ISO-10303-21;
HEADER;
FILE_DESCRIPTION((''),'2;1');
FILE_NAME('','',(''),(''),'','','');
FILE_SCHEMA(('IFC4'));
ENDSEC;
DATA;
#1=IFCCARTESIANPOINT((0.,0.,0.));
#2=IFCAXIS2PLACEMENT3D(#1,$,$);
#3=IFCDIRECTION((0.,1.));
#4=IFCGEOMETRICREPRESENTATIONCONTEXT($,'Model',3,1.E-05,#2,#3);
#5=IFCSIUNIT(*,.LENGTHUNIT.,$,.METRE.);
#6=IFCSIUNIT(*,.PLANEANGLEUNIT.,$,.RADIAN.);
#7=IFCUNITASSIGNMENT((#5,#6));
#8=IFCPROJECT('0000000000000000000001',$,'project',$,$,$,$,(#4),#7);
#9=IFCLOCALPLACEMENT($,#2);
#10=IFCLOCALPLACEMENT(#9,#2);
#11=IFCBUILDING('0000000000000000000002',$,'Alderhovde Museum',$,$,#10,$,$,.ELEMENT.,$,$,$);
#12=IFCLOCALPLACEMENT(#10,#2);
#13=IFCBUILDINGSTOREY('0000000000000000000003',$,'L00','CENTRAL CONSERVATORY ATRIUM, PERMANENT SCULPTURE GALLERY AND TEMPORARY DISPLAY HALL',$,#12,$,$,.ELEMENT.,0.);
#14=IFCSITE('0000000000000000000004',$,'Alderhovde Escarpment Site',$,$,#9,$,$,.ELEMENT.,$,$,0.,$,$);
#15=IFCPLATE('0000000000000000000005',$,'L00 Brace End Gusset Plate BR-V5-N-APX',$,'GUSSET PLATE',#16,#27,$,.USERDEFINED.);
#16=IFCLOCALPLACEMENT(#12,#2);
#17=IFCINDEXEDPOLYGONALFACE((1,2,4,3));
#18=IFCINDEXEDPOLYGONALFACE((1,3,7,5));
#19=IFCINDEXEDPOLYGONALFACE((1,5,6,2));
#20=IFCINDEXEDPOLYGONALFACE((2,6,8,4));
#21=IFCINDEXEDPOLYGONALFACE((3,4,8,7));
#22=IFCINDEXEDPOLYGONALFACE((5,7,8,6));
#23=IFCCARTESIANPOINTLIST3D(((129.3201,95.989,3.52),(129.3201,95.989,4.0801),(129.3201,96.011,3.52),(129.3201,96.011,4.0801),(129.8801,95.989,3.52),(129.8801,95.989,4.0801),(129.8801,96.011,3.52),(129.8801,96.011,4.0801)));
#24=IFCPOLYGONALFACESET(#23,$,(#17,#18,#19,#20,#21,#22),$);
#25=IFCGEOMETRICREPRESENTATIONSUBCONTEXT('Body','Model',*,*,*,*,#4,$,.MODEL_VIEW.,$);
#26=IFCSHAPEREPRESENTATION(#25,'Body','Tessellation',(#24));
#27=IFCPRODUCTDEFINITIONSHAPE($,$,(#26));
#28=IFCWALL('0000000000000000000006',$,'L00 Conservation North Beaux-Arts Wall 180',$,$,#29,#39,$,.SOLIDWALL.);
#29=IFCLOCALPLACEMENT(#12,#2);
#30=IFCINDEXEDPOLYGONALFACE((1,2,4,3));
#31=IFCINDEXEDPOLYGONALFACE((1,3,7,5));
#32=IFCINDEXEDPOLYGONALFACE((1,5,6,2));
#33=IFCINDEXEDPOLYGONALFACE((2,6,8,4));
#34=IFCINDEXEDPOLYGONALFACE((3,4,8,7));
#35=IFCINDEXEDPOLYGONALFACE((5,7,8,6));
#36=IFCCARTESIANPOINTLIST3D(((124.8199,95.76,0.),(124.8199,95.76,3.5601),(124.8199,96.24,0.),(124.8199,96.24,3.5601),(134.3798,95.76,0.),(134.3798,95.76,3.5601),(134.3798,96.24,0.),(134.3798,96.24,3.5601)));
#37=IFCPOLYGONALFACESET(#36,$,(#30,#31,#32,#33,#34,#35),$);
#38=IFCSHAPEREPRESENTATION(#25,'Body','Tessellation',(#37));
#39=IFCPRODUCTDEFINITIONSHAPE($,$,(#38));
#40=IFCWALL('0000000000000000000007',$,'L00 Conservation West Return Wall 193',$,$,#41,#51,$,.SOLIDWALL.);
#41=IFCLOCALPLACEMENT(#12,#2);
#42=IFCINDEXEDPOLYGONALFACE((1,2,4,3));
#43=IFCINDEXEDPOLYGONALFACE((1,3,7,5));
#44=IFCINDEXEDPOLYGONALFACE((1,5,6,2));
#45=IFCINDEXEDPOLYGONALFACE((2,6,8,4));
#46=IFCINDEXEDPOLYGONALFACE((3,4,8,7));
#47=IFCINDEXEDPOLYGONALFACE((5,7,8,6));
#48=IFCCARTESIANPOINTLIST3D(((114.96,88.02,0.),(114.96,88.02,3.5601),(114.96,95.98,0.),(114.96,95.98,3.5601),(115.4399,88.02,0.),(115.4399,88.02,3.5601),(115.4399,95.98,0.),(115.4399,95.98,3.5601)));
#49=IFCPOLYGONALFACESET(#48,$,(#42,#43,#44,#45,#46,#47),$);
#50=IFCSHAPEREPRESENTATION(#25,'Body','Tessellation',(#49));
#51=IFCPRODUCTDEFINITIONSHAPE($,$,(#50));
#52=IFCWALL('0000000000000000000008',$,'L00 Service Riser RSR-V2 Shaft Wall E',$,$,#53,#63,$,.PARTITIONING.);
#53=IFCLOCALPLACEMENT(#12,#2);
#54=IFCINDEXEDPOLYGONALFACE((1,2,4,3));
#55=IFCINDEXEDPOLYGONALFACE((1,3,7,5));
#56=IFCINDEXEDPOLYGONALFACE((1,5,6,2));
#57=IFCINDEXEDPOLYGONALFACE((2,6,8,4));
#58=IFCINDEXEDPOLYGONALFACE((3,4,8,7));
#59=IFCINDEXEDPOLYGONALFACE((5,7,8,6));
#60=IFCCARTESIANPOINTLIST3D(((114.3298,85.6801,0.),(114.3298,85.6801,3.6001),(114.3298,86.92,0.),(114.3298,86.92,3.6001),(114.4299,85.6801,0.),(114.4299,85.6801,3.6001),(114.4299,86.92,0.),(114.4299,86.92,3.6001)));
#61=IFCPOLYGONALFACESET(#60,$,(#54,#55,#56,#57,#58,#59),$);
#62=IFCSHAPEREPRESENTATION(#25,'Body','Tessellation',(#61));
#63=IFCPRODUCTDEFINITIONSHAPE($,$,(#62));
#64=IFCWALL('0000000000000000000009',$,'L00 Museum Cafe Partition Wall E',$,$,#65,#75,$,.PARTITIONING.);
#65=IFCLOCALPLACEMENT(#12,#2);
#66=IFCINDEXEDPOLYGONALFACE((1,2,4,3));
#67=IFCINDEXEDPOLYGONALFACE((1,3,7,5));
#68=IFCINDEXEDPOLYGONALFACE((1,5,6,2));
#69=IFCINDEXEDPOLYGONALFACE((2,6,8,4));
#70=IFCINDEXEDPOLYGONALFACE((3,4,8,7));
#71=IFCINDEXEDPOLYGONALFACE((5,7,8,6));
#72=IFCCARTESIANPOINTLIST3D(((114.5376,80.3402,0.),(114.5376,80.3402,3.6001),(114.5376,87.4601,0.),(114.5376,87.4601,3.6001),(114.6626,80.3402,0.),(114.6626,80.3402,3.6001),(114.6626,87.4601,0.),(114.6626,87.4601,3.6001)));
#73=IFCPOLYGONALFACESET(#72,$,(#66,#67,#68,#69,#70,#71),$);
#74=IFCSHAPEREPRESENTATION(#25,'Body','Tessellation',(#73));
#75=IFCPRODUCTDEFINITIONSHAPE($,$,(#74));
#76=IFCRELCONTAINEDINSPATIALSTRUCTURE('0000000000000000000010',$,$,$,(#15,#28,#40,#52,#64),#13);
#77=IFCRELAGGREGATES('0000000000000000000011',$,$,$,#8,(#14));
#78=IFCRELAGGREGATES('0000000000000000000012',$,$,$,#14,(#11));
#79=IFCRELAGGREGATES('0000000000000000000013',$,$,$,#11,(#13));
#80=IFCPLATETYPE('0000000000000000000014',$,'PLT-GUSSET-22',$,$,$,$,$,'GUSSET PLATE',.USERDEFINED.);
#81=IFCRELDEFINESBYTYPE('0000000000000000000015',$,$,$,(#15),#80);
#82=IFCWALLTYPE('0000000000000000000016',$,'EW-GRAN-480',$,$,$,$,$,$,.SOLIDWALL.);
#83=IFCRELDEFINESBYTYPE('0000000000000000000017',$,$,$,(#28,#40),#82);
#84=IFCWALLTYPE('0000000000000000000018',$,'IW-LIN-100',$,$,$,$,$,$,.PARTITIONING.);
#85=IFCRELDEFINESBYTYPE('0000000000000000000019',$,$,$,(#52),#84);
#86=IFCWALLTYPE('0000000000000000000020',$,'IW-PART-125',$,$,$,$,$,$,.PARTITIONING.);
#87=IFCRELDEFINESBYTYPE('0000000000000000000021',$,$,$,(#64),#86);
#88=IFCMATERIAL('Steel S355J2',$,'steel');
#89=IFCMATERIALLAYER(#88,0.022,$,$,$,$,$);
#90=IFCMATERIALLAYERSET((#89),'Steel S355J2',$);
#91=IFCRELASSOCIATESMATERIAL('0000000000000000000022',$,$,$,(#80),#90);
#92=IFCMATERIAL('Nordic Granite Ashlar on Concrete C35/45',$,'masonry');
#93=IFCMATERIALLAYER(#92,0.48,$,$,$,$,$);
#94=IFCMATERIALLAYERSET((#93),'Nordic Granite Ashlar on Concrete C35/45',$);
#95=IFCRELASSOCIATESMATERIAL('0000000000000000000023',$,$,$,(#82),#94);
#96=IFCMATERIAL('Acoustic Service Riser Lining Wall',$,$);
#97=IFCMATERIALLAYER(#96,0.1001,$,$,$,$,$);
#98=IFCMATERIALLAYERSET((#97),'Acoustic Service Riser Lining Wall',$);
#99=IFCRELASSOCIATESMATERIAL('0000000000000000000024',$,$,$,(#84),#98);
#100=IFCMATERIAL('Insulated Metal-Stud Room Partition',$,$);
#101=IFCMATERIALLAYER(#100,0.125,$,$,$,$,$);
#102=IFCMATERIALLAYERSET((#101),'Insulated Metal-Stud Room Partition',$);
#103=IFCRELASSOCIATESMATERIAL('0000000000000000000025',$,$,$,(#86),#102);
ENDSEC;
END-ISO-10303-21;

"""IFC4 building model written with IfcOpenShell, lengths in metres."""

from ifc_helpers import new_model, si_unit, direction, frame, frame_2d, origin, origin_2d, place, context, subcontext, project, spatial, rectangle, extrude, material, layer, layer_set, type_object, element, save


model = new_model("IFC4")

# Units and contexts
model_context = context("Model", 3, precision=1e-05, world=origin(), true_north=direction((0.0, 1.0)))
body_context = subcontext(model_context, "Body", "Model", "MODEL_VIEW")
ifc_project = project(units=[si_unit("LENGTHUNIT", "METRE"), si_unit("PLANEANGLEUNIT", "RADIAN")], contexts=[model_context])

# Site, building, storey
site_placement = place(None, origin())
site = spatial("IfcSite", under=ifc_project, at=site_placement, Name="Alderhovde Escarpment Site", CompositionType="ELEMENT", RefElevation=0.0)
building_placement = place(site_placement, origin())
building = spatial("IfcBuilding", under=site, at=building_placement, Name="Alderhovde Museum", CompositionType="ELEMENT")
storey_placement = place(building_placement, origin())
storey = spatial("IfcBuildingStorey", under=building, at=storey_placement, Name="L00", Description="CENTRAL CONSERVATORY ATRIUM, PERMANENT SCULPTURE GALLERY AND TEMPORARY DISPLAY HALL", CompositionType="ELEMENT", Elevation=0.0)

# Plate
ifc_material_1 = material(Name="Steel S355J2", Category="steel")
ifc_layer_1 = layer(ifc_material_1, 0.022)
ifc_layer_set_1 = layer_set([ifc_layer_1], Name="Steel S355J2")
plate_type_1 = type_object("IfcPlateType", Name="PLT-GUSSET-22", ElementType="GUSSET PLATE", PredefinedType="USERDEFINED", material=ifc_layer_set_1)
for number, where, z_axis, x_axis, name in (
    (1, (129.6001, 96.0, 3.52), (0.0, 0.0, 1.0), (1.0, 0.0, 0.0), "L00 Brace End Gusset Plate BR-V5-N-APX"),
):
    element("IfcPlate", number, at=place(storey_placement, frame(where, z_axis=z_axis, x_axis=x_axis)), inside=storey, type_object=plate_type_1, Name=name, ObjectType="GUSSET PLATE", PredefinedType="USERDEFINED", context=body_context, shape_type="SweptSolid", body=[
        extrude(rectangle(XDim=0.5601, YDim=0.022, at=origin_2d()), origin(), (0.0, 0.0, 1.0), 0.5601),
    ])

# Shared definitions
ifc_material_2 = material(Name="Nordic Granite Ashlar on Concrete C35/45", Category="masonry")
ifc_layer_2 = layer(ifc_material_2, 0.48)
ifc_layer_set_2 = layer_set([ifc_layer_2], Name="Nordic Granite Ashlar on Concrete C35/45")
wall_type_1 = type_object("IfcWallType", Name="EW-GRAN-480", PredefinedType="SOLIDWALL", material=ifc_layer_set_2)

# Walls
wall_1_placement = place(storey_placement, frame((124.8201, 96.0, 0.0), z_axis=(0.0, 0.0, 1.0), x_axis=(1.0, 0.0, 0.0)))
element("IfcWall", 2, at=wall_1_placement, inside=storey, type_object=wall_type_1, Name="L00 Conservation North Beaux-Arts Wall 180", PredefinedType="SOLIDWALL", context=body_context, shape_type="SweptSolid", body=[
    extrude(rectangle(XDim=9.5598, YDim=0.48, at=frame_2d((4.7798, 0.0))), origin(), (0.0, 0.0, 1.0), 3.5601),
])
wall_2_placement = place(storey_placement, frame((115.2, 88.02, 0.0), z_axis=(0.0, 0.0, 1.0), x_axis=(0.0, 1.0, 0.0)))
element("IfcWall", 3, at=wall_2_placement, inside=storey, type_object=wall_type_1, Name="L00 Conservation West Return Wall 193", PredefinedType="SOLIDWALL", context=body_context, shape_type="SweptSolid", body=[
    extrude(rectangle(XDim=7.96, YDim=0.48, at=frame_2d((3.98, 0.0))), origin(), (0.0, 0.0, 1.0), 3.5601),
])
ifc_material_3 = material(Name="Acoustic Service Riser Lining Wall")
ifc_layer_3 = layer(ifc_material_3, 0.1001)
ifc_layer_set_3 = layer_set([ifc_layer_3], Name="Acoustic Service Riser Lining Wall")
wall_type_2 = type_object("IfcWallType", Name="IW-LIN-100", PredefinedType="PARTITIONING", material=ifc_layer_set_3)
wall_3_placement = place(storey_placement, frame((114.3799, 85.6799, 0.0), z_axis=(0.0, 0.0, 1.0), x_axis=(0.0, 1.0, 0.0)))
element("IfcWall", 4, at=wall_3_placement, inside=storey, type_object=wall_type_2, Name="L00 Service Riser RSR-V2 Shaft Wall E", PredefinedType="PARTITIONING", context=body_context, shape_type="SweptSolid", body=[
    extrude(rectangle(XDim=1.24, YDim=0.1001, at=frame_2d((0.6201, 0.0))), origin(), (0.0, 0.0, 1.0), 3.6001),
])
ifc_material_4 = material(Name="Insulated Metal-Stud Room Partition")
ifc_layer_4 = layer(ifc_material_4, 0.125)
ifc_layer_set_4 = layer_set([ifc_layer_4], Name="Insulated Metal-Stud Room Partition")
wall_type_3 = type_object("IfcWallType", Name="IW-PART-125", PredefinedType="PARTITIONING", material=ifc_layer_set_4)
wall_4_placement = place(storey_placement, frame((114.6001, 80.3401, 0.0), z_axis=(0.0, 0.0, 1.0), x_axis=(0.0, 1.0, 0.0)))
element("IfcWall", 5, at=wall_4_placement, inside=storey, type_object=wall_type_3, Name="L00 Museum Cafe Partition Wall E", PredefinedType="PARTITIONING", context=body_context, shape_type="SweptSolid", body=[
    extrude(rectangle(XDim=7.1199, YDim=0.125, at=frame_2d((3.5601, 0.0))), origin(), (0.0, 0.0, 1.0), 3.6001),
])

save(model, "model.ifc")
